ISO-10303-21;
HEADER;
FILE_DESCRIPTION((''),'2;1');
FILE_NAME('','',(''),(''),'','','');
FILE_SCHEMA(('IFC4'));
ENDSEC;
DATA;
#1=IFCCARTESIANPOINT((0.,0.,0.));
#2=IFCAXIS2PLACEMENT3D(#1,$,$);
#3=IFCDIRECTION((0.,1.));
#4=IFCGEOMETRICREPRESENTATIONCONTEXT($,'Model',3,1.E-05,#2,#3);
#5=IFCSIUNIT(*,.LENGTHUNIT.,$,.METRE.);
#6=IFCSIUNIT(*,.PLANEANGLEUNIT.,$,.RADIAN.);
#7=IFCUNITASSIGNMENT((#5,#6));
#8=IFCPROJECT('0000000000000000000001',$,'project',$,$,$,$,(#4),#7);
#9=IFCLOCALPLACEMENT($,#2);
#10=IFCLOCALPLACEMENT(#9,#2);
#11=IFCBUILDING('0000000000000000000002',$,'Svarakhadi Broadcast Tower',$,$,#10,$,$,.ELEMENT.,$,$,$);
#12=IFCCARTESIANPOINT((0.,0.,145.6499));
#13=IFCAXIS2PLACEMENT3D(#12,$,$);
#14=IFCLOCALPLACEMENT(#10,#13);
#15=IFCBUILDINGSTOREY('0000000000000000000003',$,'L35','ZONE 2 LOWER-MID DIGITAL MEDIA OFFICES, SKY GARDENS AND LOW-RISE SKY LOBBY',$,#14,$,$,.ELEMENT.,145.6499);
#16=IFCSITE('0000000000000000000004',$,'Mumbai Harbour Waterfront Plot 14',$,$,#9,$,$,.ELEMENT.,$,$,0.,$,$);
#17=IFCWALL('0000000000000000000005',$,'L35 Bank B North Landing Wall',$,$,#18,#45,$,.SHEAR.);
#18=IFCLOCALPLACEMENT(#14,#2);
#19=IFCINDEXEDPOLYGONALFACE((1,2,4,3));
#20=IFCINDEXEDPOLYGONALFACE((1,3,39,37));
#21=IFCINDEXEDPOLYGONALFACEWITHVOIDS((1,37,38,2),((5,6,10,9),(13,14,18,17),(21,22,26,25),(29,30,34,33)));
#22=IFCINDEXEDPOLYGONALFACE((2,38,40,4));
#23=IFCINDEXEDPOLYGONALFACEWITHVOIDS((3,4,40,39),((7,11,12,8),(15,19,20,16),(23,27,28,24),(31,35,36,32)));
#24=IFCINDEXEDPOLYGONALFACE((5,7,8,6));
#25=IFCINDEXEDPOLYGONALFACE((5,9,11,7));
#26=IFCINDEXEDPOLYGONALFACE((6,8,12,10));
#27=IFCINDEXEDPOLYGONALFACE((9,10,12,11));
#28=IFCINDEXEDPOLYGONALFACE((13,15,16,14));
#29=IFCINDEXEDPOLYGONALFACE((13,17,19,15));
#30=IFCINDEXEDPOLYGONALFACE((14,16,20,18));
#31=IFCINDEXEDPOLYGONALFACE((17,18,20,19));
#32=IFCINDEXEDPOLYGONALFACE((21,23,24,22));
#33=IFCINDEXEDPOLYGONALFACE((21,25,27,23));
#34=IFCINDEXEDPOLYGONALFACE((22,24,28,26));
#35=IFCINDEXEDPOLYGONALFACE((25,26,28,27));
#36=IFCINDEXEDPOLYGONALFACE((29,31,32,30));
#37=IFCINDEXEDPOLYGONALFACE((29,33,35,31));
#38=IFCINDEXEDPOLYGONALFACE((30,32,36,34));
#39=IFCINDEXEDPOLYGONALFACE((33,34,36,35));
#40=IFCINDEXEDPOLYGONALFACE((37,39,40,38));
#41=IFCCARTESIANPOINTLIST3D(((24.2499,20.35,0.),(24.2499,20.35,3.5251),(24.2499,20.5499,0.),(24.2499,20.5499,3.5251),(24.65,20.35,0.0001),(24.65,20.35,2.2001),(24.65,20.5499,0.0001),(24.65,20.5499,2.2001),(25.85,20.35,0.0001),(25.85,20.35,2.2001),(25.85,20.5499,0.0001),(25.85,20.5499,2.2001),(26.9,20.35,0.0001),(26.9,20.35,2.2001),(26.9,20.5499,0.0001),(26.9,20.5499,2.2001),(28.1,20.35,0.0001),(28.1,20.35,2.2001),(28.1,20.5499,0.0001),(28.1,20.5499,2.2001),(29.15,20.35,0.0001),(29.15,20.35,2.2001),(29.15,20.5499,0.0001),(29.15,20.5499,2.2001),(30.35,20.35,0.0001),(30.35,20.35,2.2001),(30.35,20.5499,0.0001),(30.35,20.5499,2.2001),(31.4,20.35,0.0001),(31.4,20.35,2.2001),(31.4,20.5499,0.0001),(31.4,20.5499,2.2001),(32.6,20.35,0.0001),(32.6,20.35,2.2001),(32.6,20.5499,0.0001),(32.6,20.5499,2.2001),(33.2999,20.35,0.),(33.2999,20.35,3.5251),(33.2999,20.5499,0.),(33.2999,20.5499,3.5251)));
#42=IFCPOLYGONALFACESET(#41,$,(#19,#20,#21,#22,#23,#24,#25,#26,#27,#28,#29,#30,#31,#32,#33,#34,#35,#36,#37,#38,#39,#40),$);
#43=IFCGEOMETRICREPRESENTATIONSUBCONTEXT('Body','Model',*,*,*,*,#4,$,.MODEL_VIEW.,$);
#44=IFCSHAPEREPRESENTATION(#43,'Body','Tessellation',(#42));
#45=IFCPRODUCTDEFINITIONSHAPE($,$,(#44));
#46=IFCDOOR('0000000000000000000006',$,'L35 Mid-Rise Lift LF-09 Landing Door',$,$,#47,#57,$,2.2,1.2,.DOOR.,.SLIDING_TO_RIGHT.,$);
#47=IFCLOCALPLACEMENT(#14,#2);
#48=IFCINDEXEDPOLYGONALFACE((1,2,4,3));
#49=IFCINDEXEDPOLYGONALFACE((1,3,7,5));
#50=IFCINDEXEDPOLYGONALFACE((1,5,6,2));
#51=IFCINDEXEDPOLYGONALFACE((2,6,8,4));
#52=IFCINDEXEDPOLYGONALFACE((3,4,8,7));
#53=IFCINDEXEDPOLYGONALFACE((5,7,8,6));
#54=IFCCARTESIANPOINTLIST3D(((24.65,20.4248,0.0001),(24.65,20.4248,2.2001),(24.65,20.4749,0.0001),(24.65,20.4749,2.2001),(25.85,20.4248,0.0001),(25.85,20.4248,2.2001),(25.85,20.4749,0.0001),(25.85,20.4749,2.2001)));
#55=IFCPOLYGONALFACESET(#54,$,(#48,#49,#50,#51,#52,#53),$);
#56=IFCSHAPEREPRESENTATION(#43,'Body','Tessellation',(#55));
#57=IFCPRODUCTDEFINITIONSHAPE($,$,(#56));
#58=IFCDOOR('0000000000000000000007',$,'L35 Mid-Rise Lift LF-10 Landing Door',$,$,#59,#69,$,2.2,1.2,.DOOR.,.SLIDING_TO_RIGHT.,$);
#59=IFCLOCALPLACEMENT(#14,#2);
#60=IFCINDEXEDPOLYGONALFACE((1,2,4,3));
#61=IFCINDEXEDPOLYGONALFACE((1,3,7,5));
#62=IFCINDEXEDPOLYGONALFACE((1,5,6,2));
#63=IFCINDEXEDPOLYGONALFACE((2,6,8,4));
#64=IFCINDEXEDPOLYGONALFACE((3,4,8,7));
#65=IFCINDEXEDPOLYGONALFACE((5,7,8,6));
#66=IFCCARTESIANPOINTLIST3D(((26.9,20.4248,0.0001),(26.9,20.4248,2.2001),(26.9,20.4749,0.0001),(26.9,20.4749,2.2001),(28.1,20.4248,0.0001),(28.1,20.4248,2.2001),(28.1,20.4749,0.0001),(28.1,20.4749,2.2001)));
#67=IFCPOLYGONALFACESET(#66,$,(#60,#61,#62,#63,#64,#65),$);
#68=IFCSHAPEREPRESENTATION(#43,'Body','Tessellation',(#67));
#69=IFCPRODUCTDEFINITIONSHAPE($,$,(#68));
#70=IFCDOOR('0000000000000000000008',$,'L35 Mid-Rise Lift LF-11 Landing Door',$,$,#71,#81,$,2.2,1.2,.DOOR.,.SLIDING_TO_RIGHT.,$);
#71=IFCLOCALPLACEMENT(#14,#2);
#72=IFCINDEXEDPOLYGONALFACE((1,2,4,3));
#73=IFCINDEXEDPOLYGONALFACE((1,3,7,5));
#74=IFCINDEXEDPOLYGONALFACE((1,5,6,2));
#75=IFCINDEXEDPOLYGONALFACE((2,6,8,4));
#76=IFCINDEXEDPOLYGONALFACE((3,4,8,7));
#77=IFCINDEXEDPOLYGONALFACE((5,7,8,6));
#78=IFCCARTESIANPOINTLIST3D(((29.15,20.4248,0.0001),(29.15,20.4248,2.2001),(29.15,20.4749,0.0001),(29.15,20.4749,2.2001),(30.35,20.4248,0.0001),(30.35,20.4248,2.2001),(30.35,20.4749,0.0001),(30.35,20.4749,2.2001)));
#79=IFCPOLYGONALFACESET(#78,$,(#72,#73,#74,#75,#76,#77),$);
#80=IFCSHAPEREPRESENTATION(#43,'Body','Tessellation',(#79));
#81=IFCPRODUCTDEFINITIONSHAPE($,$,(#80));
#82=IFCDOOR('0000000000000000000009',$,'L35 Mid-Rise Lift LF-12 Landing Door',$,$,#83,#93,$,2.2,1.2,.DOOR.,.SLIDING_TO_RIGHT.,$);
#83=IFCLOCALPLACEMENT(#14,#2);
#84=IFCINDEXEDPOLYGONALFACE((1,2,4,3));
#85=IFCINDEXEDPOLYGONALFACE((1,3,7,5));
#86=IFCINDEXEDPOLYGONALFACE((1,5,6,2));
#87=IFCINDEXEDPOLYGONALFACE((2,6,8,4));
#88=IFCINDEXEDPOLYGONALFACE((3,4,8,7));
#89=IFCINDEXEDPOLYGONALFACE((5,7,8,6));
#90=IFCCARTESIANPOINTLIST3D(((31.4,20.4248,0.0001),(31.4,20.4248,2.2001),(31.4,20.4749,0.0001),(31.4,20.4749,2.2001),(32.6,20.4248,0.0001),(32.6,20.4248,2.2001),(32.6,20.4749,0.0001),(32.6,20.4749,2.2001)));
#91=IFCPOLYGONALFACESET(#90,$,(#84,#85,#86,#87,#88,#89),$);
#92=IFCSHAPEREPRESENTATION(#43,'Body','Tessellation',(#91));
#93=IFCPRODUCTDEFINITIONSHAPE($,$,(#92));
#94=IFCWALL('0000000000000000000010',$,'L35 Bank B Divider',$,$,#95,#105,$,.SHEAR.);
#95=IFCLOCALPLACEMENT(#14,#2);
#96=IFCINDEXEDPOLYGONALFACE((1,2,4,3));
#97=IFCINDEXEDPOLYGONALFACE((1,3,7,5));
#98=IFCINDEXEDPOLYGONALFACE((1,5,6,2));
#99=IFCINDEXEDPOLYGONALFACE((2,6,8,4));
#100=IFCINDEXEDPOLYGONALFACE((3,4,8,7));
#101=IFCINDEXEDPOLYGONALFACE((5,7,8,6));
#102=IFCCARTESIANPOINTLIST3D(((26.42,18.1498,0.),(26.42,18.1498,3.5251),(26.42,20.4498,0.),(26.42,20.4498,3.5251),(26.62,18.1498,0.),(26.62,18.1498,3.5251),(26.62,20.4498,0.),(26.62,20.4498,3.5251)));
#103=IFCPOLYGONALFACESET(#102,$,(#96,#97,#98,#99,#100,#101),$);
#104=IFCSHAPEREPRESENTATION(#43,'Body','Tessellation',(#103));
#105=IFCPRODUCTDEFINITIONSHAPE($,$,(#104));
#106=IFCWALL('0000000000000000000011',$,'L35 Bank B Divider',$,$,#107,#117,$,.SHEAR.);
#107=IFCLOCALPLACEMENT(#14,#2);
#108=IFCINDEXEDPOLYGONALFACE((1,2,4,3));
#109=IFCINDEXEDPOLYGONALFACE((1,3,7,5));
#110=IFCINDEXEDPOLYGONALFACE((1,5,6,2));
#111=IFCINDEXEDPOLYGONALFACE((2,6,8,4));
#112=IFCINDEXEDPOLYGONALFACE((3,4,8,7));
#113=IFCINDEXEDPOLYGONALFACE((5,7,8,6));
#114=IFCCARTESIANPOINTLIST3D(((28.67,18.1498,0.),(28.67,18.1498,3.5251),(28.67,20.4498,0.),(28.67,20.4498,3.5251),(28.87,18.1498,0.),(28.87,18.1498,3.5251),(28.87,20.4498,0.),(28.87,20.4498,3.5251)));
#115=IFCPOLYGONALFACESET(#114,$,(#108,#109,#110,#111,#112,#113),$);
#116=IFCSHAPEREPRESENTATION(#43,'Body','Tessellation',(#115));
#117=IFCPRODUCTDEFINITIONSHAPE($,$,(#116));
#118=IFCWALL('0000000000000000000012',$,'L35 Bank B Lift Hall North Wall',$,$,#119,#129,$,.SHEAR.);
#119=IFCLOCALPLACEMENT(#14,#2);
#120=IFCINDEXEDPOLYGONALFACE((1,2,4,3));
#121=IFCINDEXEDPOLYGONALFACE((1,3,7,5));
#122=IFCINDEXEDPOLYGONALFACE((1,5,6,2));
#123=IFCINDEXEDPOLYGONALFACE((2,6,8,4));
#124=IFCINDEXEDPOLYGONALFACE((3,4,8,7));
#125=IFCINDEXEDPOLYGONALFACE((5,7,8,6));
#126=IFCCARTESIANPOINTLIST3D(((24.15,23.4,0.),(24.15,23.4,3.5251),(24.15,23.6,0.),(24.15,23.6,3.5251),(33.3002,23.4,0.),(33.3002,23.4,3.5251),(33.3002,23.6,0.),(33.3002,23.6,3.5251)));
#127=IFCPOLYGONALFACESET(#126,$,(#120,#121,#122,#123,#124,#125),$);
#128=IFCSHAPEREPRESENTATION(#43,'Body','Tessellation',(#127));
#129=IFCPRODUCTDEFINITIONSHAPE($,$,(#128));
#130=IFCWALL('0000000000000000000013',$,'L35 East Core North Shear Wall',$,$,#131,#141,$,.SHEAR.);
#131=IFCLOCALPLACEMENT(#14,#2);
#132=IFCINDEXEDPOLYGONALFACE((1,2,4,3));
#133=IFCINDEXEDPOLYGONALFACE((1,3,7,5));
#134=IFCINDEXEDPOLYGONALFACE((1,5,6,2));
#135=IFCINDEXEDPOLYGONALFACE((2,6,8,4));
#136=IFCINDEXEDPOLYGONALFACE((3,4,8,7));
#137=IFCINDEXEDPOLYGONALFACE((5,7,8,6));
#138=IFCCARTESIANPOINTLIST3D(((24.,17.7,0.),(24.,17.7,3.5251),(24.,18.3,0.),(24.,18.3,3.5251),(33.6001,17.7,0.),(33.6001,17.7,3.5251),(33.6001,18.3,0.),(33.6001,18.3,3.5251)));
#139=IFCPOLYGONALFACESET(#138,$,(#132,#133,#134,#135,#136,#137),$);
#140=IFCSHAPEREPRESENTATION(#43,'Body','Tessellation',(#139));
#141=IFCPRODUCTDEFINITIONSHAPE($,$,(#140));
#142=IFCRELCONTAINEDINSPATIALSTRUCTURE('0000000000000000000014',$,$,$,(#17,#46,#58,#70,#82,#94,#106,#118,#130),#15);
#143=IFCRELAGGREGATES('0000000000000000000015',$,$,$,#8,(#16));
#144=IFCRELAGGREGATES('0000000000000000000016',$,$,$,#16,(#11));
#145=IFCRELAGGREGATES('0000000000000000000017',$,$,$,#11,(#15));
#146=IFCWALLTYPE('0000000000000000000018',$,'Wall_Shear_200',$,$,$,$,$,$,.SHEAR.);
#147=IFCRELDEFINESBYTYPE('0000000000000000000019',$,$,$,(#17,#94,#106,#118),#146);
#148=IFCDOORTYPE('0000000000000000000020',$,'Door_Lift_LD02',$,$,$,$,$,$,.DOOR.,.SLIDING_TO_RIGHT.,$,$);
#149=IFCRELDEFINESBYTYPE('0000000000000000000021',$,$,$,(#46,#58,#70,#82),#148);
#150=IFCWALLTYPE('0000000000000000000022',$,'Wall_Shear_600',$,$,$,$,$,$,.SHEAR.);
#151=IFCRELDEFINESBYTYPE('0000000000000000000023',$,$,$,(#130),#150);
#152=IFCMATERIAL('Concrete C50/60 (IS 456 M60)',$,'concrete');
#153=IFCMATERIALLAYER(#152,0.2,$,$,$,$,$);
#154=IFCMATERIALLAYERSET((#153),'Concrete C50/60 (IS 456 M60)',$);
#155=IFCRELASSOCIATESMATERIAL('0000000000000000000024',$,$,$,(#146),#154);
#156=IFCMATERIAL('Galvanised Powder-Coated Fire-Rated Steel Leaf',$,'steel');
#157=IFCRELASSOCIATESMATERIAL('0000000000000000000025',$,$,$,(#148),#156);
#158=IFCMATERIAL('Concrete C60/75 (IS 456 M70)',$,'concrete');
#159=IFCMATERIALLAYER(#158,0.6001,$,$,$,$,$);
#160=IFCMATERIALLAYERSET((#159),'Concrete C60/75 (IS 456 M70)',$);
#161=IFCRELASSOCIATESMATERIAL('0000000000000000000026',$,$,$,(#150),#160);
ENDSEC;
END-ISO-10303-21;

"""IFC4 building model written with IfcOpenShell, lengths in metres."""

from ifc_helpers import new_model, si_unit, direction, frame, frame_2d, origin, place, context, subcontext, project, spatial, rectangle, extrude, material, layer, layer_set, type_object, element, fill, save


model = new_model("IFC4")

# Units and contexts
model_context = context("Model", 3, precision=1e-05, world=origin(), true_north=direction((0.0, 1.0)))
body_context = subcontext(model_context, "Body", "Model", "MODEL_VIEW")
ifc_project = project(units=[si_unit("LENGTHUNIT", "METRE"), si_unit("PLANEANGLEUNIT", "RADIAN")], contexts=[model_context])

# Site, building, storey
site_placement = place(None, origin())
site = spatial("IfcSite", under=ifc_project, at=site_placement, Name="Mumbai Harbour Waterfront Plot 14", CompositionType="ELEMENT", RefElevation=0.0)
building_placement = place(site_placement, origin())
building = spatial("IfcBuilding", under=site, at=building_placement, Name="Svarakhadi Broadcast Tower", CompositionType="ELEMENT")
storey_placement = place(building_placement, frame((0.0, 0.0, 145.6499)))
storey = spatial("IfcBuildingStorey", under=building, at=storey_placement, Name="L35", Description="ZONE 2 LOWER-MID DIGITAL MEDIA OFFICES, SKY GARDENS AND LOW-RISE SKY LOBBY", CompositionType="ELEMENT", Elevation=145.6499)

# Shared definitions
ifc_material_1 = material(Name="Concrete C50/60 (IS 456 M60)", Category="concrete")
ifc_layer_1 = layer(ifc_material_1, 0.2)
ifc_layer_set_1 = layer_set([ifc_layer_1], Name="Concrete C50/60 (IS 456 M60)")
wall_type_1 = type_object("IfcWallType", Name="Wall_Shear_200", PredefinedType="SHEAR", material=ifc_layer_set_1)

# Wall, openings, doors
wall_1_placement = place(storey_placement, frame((24.25, 20.45, 0.0), z_axis=(0.0, 0.0, 1.0), x_axis=(1.0, 0.0, 0.0)))
wall_1 = element("IfcWall", 1, at=wall_1_placement, inside=storey, type_object=wall_type_1, Name="L35 Bank B North Landing Wall", PredefinedType="SHEAR", context=body_context, shape_type="SweptSolid", body=[
    extrude(rectangle(XDim=9.05, YDim=0.2, at=frame_2d((4.5249, 0.0))), origin(), (0.0, 0.0, 1.0), 3.5251),
])
opening_1_placement = place(wall_1_placement, frame((0.3999, 0.0, 0.0)))
opening_1 = element("IfcOpeningElement", 2, at=opening_1_placement, cuts=wall_1, PredefinedType="OPENING", context=body_context, shape_type="SweptSolid", body=[
    extrude(rectangle(XDim=1.2, YDim=2.2, at=frame_2d((0.6001, 1.1001))), frame((0.0, 0.1099, 0.0), z_axis=(0.0, -1.0, 0.0), x_axis=(1.0, 0.0, 0.0)), (0.0, 0.0, 1.0), 0.22),
])
opening_2_placement = place(wall_1_placement, frame((2.6499, 0.0, 0.0)))
opening_2 = element("IfcOpeningElement", 3, at=opening_2_placement, cuts=wall_1, PredefinedType="OPENING", context=body_context, shape_type="SweptSolid", body=[
    extrude(rectangle(XDim=1.2, YDim=2.2, at=frame_2d((0.6001, 1.1001))), frame((0.0, 0.1099, 0.0), z_axis=(0.0, -1.0, 0.0), x_axis=(1.0, 0.0, 0.0)), (0.0, 0.0, 1.0), 0.22),
])
opening_3_placement = place(wall_1_placement, frame((4.8999, 0.0, 0.0)))
opening_3 = element("IfcOpeningElement", 4, at=opening_3_placement, cuts=wall_1, PredefinedType="OPENING", context=body_context, shape_type="SweptSolid", body=[
    extrude(rectangle(XDim=1.2, YDim=2.2, at=frame_2d((0.6001, 1.1001))), frame((0.0, 0.1099, 0.0), z_axis=(0.0, -1.0, 0.0), x_axis=(1.0, 0.0, 0.0)), (0.0, 0.0, 1.0), 0.22),
])
opening_4_placement = place(wall_1_placement, frame((7.1499, 0.0, 0.0)))
opening_4 = element("IfcOpeningElement", 5, at=opening_4_placement, cuts=wall_1, PredefinedType="OPENING", context=body_context, shape_type="SweptSolid", body=[
    extrude(rectangle(XDim=1.2, YDim=2.2, at=frame_2d((0.6001, 1.1001))), frame((0.0, 0.1099, 0.0), z_axis=(0.0, -1.0, 0.0), x_axis=(1.0, 0.0, 0.0)), (0.0, 0.0, 1.0), 0.22),
])
ifc_material_2 = material(Name="Galvanised Powder-Coated Fire-Rated Steel Leaf", Category="steel")
door_type_1 = type_object("IfcDoorType", Name="Door_Lift_LD02", OperationType="SLIDING_TO_RIGHT", PredefinedType="DOOR", material=ifc_material_2)
door_1_placement = place(opening_1_placement, origin())
door_1 = element("IfcDoor", 6, at=door_1_placement, inside=storey, type_object=door_type_1, Name="L35 Mid-Rise Lift LF-09 Landing Door", OperationType="SLIDING_TO_RIGHT", OverallHeight=2.2, OverallWidth=1.2, PredefinedType="DOOR", context=body_context, shape_type="SweptSolid", body=[
    extrude(rectangle(XDim=1.2, YDim=2.2, at=frame_2d((0.6001, 1.1001))), frame((0.0, 0.0249, 0.0), z_axis=(0.0, -1.0, 0.0), x_axis=(1.0, 0.0, 0.0)), (0.0, 0.0, 1.0), 0.05),
])
fill(opening_1, door_1)
door_2_placement = place(opening_2_placement, origin())
door_2 = element("IfcDoor", 7, at=door_2_placement, inside=storey, type_object=door_type_1, Name="L35 Mid-Rise Lift LF-10 Landing Door", OperationType="SLIDING_TO_RIGHT", OverallHeight=2.2, OverallWidth=1.2, PredefinedType="DOOR", context=body_context, shape_type="SweptSolid", body=[
    extrude(rectangle(XDim=1.2, YDim=2.2, at=frame_2d((0.6001, 1.1001))), frame((0.0, 0.0249, 0.0), z_axis=(0.0, -1.0, 0.0), x_axis=(1.0, 0.0, 0.0)), (0.0, 0.0, 1.0), 0.05),
])
fill(opening_2, door_2)
door_3_placement = place(opening_3_placement, origin())
door_3 = element("IfcDoor", 8, at=door_3_placement, inside=storey, type_object=door_type_1, Name="L35 Mid-Rise Lift LF-11 Landing Door", OperationType="SLIDING_TO_RIGHT", OverallHeight=2.2, OverallWidth=1.2, PredefinedType="DOOR", context=body_context, shape_type="SweptSolid", body=[
    extrude(rectangle(XDim=1.2, YDim=2.2, at=frame_2d((0.6001, 1.1001))), frame((0.0, 0.0249, 0.0), z_axis=(0.0, -1.0, 0.0), x_axis=(1.0, 0.0, 0.0)), (0.0, 0.0, 1.0), 0.05),
])
fill(opening_3, door_3)
door_4_placement = place(opening_4_placement, origin())
door_4 = element("IfcDoor", 9, at=door_4_placement, inside=storey, type_object=door_type_1, Name="L35 Mid-Rise Lift LF-12 Landing Door", OperationType="SLIDING_TO_RIGHT", OverallHeight=2.2, OverallWidth=1.2, PredefinedType="DOOR", context=body_context, shape_type="SweptSolid", body=[
    extrude(rectangle(XDim=1.2, YDim=2.2, at=frame_2d((0.6001, 1.1001))), frame((0.0, 0.0249, 0.0), z_axis=(0.0, -1.0, 0.0), x_axis=(1.0, 0.0, 0.0)), (0.0, 0.0, 1.0), 0.05),
])
fill(opening_4, door_4)

# Walls
for number, where, z_axis, x_axis, name in (
    (10, (26.52, 18.1499, 0.0), (0.0, 0.0, 1.0), (0.0, 1.0, 0.0), "L35 Bank B Divider"),
    (11, (28.77, 18.1499, 0.0), (0.0, 0.0, 1.0), (0.0, 1.0, 0.0), "L35 Bank B Divider"),
):
    element("IfcWall", number, at=place(storey_placement, frame(where, z_axis=z_axis, x_axis=x_axis)), inside=storey, type_object=wall_type_1, Name=name, PredefinedType="SHEAR", context=body_context, shape_type="SweptSolid", body=[
        extrude(rectangle(XDim=2.3, YDim=0.2, at=frame_2d((1.1499, 0.0))), origin(), (0.0, 0.0, 1.0), 3.5251),
    ])
wall_2_placement = place(storey_placement, frame((24.1499, 23.5, 0.0), z_axis=(0.0, 0.0, 1.0), x_axis=(1.0, 0.0, 0.0)))
element("IfcWall", 12, at=wall_2_placement, inside=storey, type_object=wall_type_1, Name="L35 Bank B Lift Hall North Wall", PredefinedType="SHEAR", context=body_context, shape_type="SweptSolid", body=[
    extrude(rectangle(XDim=9.1501, YDim=0.2, at=frame_2d((4.5752, 0.0))), origin(), (0.0, 0.0, 1.0), 3.5251),
])

# Wall
ifc_material_3 = material(Name="Concrete C60/75 (IS 456 M70)", Category="concrete")
ifc_layer_2 = layer(ifc_material_3, 0.6001)
ifc_layer_set_2 = layer_set([ifc_layer_2], Name="Concrete C60/75 (IS 456 M70)")
wall_type_2 = type_object("IfcWallType", Name="Wall_Shear_600", PredefinedType="SHEAR", material=ifc_layer_set_2)
wall_3_placement = place(storey_placement, frame((24.0, 18.0, 0.0), z_axis=(0.0, 0.0, 1.0), x_axis=(1.0, 0.0, 0.0)))
element("IfcWall", 13, at=wall_3_placement, inside=storey, type_object=wall_type_2, Name="L35 East Core North Shear Wall", PredefinedType="SHEAR", context=body_context, shape_type="SweptSolid", body=[
    extrude(rectangle(XDim=9.6001, YDim=0.6001, at=frame_2d((4.8, 0.0))), origin(), (0.0, 0.0, 1.0), 3.5251),
])

save(model, "model.ifc")
